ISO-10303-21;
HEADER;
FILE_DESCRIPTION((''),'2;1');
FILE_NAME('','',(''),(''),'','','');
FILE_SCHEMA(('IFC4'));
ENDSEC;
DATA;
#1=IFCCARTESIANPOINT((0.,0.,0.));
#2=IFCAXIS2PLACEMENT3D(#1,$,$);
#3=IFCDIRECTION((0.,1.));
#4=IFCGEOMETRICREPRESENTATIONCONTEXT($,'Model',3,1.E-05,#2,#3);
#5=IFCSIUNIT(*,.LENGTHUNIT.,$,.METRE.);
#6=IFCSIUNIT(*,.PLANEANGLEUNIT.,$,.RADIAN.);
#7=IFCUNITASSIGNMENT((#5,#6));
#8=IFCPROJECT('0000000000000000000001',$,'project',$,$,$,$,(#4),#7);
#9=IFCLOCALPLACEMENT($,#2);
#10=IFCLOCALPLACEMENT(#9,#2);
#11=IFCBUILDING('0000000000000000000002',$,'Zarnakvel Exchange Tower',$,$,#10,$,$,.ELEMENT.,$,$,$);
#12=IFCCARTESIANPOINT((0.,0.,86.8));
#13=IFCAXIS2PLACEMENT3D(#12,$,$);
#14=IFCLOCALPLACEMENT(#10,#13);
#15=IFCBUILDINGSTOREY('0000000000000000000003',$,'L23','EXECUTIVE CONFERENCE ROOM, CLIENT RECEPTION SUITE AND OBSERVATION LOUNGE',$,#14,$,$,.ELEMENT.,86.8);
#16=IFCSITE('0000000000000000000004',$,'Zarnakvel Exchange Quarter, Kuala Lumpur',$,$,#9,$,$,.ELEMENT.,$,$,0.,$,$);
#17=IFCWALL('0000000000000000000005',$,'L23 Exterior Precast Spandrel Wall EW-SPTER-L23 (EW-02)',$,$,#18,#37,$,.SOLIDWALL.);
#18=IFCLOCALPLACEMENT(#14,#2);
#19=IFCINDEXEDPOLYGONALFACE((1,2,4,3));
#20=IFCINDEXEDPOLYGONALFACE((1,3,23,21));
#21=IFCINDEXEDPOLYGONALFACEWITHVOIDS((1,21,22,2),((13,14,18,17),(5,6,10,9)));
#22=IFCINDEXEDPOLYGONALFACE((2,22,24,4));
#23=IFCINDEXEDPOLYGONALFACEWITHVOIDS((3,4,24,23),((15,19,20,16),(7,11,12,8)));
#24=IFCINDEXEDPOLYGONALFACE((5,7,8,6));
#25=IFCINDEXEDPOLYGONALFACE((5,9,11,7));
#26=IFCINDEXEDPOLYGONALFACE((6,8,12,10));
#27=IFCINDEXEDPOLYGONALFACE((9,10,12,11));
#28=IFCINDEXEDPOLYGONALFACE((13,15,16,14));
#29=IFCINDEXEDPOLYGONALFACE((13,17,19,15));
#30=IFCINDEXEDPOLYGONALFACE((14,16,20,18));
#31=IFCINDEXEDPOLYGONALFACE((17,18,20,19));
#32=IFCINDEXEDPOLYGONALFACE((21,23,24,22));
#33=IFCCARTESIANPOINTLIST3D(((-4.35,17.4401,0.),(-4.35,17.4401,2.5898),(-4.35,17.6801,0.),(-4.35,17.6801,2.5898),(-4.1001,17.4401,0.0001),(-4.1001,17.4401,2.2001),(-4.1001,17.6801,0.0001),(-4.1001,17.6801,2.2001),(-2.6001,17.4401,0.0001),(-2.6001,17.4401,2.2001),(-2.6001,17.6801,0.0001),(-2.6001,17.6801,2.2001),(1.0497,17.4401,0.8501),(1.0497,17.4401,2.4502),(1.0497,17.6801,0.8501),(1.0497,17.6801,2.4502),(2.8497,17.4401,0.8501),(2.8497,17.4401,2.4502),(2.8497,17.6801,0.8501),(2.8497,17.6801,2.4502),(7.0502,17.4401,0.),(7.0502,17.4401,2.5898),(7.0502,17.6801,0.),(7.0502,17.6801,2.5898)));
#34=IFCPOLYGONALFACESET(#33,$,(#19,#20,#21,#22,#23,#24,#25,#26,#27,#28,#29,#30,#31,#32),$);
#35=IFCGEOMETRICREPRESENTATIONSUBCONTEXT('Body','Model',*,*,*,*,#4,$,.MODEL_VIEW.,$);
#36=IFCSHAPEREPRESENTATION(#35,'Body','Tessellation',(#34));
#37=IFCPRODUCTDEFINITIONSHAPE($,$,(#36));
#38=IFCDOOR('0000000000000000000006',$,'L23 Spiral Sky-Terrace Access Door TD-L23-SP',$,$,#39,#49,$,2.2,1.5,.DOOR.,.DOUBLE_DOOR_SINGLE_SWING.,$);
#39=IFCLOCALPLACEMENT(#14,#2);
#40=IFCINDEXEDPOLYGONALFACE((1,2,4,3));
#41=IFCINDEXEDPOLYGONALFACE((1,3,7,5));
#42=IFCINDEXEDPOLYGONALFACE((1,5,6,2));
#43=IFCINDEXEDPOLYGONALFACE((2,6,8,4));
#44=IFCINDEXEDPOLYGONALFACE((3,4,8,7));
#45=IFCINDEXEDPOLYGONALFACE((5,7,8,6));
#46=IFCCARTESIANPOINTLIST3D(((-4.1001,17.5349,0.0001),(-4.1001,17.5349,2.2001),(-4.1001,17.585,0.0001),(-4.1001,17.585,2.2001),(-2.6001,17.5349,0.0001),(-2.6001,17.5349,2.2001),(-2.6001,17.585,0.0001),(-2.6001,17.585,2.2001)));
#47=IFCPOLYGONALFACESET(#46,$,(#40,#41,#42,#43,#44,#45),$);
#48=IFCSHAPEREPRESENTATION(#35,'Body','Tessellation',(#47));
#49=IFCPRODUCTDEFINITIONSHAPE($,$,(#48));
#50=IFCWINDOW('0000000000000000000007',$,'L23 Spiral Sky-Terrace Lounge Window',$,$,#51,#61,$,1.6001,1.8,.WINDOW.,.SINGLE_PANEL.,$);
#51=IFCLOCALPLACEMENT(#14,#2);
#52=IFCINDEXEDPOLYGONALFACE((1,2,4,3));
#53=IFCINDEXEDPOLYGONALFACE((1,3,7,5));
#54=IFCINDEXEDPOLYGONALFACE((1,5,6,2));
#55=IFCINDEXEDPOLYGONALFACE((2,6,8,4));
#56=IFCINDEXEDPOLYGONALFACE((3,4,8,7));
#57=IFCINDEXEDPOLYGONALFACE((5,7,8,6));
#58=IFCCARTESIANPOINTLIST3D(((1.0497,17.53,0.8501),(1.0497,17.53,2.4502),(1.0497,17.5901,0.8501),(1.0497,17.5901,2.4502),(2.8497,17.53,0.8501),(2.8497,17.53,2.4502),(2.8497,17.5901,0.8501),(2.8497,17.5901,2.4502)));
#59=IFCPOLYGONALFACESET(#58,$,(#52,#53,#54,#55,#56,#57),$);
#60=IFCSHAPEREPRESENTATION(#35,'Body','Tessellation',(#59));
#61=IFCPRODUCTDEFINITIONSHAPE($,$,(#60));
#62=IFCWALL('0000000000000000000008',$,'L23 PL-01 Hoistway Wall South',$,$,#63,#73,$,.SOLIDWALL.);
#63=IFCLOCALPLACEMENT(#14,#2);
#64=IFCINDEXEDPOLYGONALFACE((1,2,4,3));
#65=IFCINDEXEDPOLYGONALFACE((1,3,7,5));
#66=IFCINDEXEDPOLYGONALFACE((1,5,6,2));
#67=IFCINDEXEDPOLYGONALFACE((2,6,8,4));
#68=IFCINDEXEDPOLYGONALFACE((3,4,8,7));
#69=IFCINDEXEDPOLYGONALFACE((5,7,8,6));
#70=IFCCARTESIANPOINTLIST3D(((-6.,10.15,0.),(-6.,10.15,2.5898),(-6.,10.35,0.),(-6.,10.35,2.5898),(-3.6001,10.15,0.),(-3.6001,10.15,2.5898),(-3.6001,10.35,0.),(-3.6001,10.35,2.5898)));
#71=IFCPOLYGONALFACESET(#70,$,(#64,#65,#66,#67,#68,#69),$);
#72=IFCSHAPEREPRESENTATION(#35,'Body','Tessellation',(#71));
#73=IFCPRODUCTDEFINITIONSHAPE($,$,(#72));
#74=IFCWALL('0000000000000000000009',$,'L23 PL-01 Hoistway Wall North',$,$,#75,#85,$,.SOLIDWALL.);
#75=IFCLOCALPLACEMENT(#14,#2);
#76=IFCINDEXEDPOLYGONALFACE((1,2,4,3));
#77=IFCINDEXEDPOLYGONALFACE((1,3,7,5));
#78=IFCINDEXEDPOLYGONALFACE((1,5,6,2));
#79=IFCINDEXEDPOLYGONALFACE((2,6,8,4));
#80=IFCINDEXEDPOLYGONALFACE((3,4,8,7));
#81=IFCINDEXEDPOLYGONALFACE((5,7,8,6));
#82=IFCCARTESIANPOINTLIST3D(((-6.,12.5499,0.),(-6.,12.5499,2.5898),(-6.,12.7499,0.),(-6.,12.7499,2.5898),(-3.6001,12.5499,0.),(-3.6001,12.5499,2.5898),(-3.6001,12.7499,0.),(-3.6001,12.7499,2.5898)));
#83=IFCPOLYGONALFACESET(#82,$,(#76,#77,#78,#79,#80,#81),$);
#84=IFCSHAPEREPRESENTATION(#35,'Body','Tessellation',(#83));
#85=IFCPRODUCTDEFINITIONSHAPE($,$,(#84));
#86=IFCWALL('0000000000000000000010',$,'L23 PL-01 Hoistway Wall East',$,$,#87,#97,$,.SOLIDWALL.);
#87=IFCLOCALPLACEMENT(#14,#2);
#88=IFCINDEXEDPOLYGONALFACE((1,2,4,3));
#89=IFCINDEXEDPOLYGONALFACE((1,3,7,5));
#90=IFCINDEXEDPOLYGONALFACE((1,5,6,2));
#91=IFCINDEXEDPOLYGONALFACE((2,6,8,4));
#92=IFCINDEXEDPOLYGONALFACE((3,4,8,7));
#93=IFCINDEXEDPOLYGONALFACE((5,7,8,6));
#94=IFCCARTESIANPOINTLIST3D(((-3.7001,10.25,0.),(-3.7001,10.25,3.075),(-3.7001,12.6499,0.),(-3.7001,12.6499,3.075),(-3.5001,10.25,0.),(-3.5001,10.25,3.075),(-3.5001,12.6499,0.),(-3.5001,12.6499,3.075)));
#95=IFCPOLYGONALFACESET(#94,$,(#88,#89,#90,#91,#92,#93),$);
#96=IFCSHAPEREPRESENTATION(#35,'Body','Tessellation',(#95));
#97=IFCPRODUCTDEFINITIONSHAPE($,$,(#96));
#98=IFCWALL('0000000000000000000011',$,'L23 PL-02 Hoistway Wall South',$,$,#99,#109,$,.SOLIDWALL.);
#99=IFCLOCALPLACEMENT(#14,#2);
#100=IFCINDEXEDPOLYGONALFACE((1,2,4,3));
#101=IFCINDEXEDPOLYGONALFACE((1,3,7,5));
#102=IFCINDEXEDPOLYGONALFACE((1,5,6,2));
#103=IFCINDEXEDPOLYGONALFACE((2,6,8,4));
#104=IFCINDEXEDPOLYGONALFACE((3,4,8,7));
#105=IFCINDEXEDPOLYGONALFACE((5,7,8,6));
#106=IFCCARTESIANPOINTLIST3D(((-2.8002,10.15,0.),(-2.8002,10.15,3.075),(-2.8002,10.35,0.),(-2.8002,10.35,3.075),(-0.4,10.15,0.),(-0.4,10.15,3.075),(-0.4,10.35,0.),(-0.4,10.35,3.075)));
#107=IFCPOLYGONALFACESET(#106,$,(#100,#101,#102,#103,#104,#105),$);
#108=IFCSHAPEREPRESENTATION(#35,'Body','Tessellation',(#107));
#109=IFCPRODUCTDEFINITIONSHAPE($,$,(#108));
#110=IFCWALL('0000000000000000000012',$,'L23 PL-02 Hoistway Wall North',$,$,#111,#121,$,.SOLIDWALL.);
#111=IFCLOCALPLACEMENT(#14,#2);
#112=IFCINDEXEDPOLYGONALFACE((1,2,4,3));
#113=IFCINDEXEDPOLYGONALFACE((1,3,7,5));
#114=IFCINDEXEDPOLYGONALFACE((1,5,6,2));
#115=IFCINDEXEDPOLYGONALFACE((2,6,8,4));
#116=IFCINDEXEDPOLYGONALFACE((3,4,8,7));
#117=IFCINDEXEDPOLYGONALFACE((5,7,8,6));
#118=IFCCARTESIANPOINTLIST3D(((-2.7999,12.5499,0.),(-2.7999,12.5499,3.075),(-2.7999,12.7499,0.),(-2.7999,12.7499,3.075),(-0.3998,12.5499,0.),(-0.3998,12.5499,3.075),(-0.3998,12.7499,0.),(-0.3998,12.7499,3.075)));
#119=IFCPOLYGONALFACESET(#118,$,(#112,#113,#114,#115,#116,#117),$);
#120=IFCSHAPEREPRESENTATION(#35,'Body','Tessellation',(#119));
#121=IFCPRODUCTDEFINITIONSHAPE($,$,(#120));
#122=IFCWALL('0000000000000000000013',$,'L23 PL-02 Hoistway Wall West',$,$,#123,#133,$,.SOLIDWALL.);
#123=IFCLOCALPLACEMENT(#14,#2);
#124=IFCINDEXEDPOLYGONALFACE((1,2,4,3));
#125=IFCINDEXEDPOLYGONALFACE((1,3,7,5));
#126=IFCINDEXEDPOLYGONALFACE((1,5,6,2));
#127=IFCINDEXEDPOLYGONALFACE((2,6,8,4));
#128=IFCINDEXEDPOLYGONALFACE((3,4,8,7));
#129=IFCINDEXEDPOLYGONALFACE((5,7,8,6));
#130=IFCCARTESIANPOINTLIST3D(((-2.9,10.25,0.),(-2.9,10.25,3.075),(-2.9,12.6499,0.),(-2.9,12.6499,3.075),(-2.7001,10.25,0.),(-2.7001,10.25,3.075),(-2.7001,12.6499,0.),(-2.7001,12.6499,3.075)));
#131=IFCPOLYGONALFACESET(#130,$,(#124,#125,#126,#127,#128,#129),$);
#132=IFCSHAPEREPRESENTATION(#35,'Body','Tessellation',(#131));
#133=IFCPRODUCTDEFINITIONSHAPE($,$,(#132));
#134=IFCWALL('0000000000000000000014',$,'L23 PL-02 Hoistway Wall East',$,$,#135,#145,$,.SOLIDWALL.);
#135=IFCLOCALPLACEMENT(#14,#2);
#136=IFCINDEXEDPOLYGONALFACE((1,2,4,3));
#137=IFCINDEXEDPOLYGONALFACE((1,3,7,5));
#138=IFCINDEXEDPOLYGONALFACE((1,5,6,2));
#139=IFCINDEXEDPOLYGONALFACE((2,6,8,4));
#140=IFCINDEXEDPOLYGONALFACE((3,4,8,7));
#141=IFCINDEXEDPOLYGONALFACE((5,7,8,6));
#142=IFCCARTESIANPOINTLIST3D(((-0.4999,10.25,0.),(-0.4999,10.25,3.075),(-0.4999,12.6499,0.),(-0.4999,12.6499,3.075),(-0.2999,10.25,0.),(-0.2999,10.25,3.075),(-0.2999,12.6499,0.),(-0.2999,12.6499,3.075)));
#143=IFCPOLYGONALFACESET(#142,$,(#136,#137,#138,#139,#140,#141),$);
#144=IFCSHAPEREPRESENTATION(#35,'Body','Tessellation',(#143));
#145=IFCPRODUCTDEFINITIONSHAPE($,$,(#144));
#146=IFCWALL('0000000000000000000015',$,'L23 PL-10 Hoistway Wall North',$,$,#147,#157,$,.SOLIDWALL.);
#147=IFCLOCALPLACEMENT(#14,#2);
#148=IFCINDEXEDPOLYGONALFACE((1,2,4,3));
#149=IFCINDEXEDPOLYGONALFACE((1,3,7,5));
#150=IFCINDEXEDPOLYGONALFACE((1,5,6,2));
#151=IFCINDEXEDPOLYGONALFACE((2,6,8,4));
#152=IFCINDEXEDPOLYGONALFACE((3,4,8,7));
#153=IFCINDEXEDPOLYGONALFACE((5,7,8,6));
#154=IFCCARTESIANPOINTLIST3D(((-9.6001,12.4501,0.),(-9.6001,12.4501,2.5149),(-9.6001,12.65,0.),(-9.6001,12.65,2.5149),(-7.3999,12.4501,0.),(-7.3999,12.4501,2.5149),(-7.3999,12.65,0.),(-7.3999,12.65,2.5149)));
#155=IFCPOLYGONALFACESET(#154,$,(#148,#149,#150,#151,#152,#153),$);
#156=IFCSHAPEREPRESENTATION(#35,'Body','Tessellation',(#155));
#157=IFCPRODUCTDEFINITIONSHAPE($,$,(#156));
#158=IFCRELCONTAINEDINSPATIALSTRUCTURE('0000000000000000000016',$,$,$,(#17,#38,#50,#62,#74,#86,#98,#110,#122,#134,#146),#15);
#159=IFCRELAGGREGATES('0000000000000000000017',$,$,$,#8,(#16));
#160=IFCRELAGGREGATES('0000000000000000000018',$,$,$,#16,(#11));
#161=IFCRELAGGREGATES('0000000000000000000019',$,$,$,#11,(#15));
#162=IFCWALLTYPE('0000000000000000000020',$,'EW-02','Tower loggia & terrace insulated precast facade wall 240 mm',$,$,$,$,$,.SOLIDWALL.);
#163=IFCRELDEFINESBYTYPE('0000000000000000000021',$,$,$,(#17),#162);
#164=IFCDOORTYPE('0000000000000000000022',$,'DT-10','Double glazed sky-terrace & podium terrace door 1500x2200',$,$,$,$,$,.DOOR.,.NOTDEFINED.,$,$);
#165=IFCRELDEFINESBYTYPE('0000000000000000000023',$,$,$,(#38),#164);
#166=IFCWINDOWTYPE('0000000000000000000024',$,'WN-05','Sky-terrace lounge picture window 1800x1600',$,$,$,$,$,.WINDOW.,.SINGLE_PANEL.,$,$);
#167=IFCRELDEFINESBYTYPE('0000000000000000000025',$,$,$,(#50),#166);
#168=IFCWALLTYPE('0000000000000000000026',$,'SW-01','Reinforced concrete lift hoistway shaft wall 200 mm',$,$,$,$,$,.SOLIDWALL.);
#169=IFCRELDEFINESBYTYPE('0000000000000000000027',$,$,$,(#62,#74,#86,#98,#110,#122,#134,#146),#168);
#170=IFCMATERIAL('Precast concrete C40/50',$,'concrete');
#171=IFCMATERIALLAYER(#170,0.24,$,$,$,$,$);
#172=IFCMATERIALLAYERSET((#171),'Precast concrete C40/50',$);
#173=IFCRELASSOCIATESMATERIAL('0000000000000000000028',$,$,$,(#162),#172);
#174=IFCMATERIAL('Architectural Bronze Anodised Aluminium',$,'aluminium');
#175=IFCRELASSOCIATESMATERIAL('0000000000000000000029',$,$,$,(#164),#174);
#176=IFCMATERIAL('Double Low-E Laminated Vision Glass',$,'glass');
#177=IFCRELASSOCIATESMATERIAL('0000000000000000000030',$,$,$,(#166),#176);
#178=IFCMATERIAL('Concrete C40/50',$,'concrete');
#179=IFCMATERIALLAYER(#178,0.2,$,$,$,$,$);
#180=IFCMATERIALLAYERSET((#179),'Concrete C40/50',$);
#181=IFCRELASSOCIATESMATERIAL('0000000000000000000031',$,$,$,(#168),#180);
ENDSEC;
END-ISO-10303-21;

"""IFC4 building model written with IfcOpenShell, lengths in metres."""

from ifc_helpers import new_model, si_unit, direction, frame, frame_2d, origin, place, context, subcontext, project, spatial, rectangle, extrude, source, transform, mapped, material, layer, layer_set, type_object, element, fill, save


model = new_model("IFC4")

# Units and contexts
model_context = context("Model", 3, precision=1e-05, world=origin(), true_north=direction((0.0, 1.0)))
body_context = subcontext(model_context, "Body", "Model", "MODEL_VIEW")
ifc_project = project(units=[si_unit("LENGTHUNIT", "METRE"), si_unit("PLANEANGLEUNIT", "RADIAN")], contexts=[model_context])

# Site, building, storey
site_placement = place(None, origin())
site = spatial("IfcSite", under=ifc_project, at=site_placement, Name="Zarnakvel Exchange Quarter, Kuala Lumpur", CompositionType="ELEMENT", RefElevation=0.0)
building_placement = place(site_placement, origin())
building = spatial("IfcBuilding", under=site, at=building_placement, Name="Zarnakvel Exchange Tower", CompositionType="ELEMENT")
storey_placement = place(building_placement, frame((0.0, 0.0, 86.8)))
storey = spatial("IfcBuildingStorey", under=building, at=storey_placement, Name="L23", Description="EXECUTIVE CONFERENCE ROOM, CLIENT RECEPTION SUITE AND OBSERVATION LOUNGE", CompositionType="ELEMENT", Elevation=86.8)

# Shared definitions
ifc_material_1 = material(Name="Architectural Bronze Anodised Aluminium", Category="aluminium")
ifc_material_2 = material(Name="Double Low-E Laminated Vision Glass", Category="glass")

# Wall, openings, door, window
ifc_material_3 = material(Name="Precast concrete C40/50", Category="concrete")
ifc_layer_1 = layer(ifc_material_3, 0.24)
ifc_layer_set_1 = layer_set([ifc_layer_1], Name="Precast concrete C40/50")
wall_type_1 = type_object("IfcWallType", Name="EW-02", Description="Tower loggia & terrace insulated precast facade wall 240 mm", PredefinedType="SOLIDWALL", material=ifc_layer_set_1)
wall_1_placement = place(storey_placement, frame((-4.3501, 17.5601, 0.0), z_axis=(0.0, 0.0, 1.0), x_axis=(1.0, 0.0, 0.0)))
wall_1 = element("IfcWall", 1, at=wall_1_placement, inside=storey, type_object=wall_type_1, Name="L23 Exterior Precast Spandrel Wall EW-SPTER-L23 (EW-02)", PredefinedType="SOLIDWALL", context=body_context, shape_type="SweptSolid", body=[
    extrude(rectangle(XDim=11.4001, YDim=0.24, at=frame_2d((5.7002, 0.0))), origin(), (0.0, 0.0, 1.0), 2.5898),
])
opening_1_placement = place(wall_1_placement, frame((0.25, 0.0, 0.0)))
opening_1 = element("IfcOpeningElement", 2, at=opening_1_placement, cuts=wall_1, PredefinedType="OPENING", context=body_context, shape_type="SweptSolid", body=[
    extrude(rectangle(XDim=1.5, YDim=2.2, at=frame_2d((0.75, 1.1001))), frame((0.0, 0.1299, 0.0), z_axis=(0.0, -1.0, 0.0), x_axis=(1.0, 0.0, 0.0)), (0.0, 0.0, 1.0), 0.26),
])
opening_2_placement = place(wall_1_placement, frame((5.3999, 0.0, 0.8501)))
opening_2 = element("IfcOpeningElement", 3, at=opening_2_placement, cuts=wall_1, PredefinedType="OPENING", context=body_context, shape_type="SweptSolid", body=[
    extrude(rectangle(XDim=1.8, YDim=1.6001, at=frame_2d((0.8999, 0.8))), frame((0.0, 0.1299, 0.0), z_axis=(0.0, -1.0, 0.0), x_axis=(1.0, 0.0, 0.0)), (0.0, 0.0, 1.0), 0.26),
])
door_type_1 = type_object("IfcDoorType", Name="DT-10", Description="Double glazed sky-terrace & podium terrace door 1500x2200", OperationType="NOTDEFINED", PredefinedType="DOOR", material=ifc_material_1)
shared_shape_1 = source(origin(), body_context, "Body", "SweptSolid", [
    extrude(rectangle(XDim=1.5, YDim=2.2, at=frame_2d((0.75, 1.1001))), frame((0.0, 0.0249, 0.0), z_axis=(0.0, -1.0, 0.0), x_axis=(1.0, 0.0, 0.0)), (0.0, 0.0, 1.0), 0.05),
])
door_1_placement = place(opening_1_placement, origin())
door_1 = element("IfcDoor", 4, at=door_1_placement, inside=storey, type_object=door_type_1, Name="L23 Spiral Sky-Terrace Access Door TD-L23-SP", OperationType="DOUBLE_DOOR_SINGLE_SWING", OverallHeight=2.2, OverallWidth=1.5, PredefinedType="DOOR", context=body_context, shape_type="MappedRepresentation", body=[
    mapped(shared_shape_1, transform((0.0, 0.0, 0.0), x_axis=(1.0, 0.0, 0.0), y_axis=(0.0, 1.0, 0.0), z_axis=(0.0, 0.0, 1.0), scale=1.0)),
])
fill(opening_1, door_1)
window_type = type_object("IfcWindowType", Name="WN-05", Description="Sky-terrace lounge picture window 1800x1600", PartitioningType="SINGLE_PANEL", PredefinedType="WINDOW", material=ifc_material_2)
shared_shape_2 = source(origin(), body_context, "Body", "SweptSolid", [
    extrude(rectangle(XDim=1.8, YDim=1.6001, at=frame_2d((0.8999, 0.8))), frame((0.0, 0.03, 0.0), z_axis=(0.0, -1.0, 0.0), x_axis=(1.0, 0.0, 0.0)), (0.0, 0.0, 1.0), 0.0601),
])
window_placement = place(opening_2_placement, origin())
window = element("IfcWindow", 5, at=window_placement, inside=storey, type_object=window_type, Name="L23 Spiral Sky-Terrace Lounge Window", OverallHeight=1.6001, OverallWidth=1.8, PartitioningType="SINGLE_PANEL", PredefinedType="WINDOW", context=body_context, shape_type="MappedRepresentation", body=[
    mapped(shared_shape_2, transform((0.0, 0.0, 0.0), x_axis=(1.0, 0.0, 0.0), y_axis=(0.0, 1.0, 0.0), z_axis=(0.0, 0.0, 1.0), scale=1.0)),
])
fill(opening_2, window)

# Walls
ifc_material_4 = material(Name="Concrete C40/50", Category="concrete")
ifc_layer_2 = layer(ifc_material_4, 0.2)
ifc_layer_set_2 = layer_set([ifc_layer_2], Name="Concrete C40/50")
wall_type_2 = type_object("IfcWallType", Name="SW-01", Description="Reinforced concrete lift hoistway shaft wall 200 mm", PredefinedType="SOLIDWALL", material=ifc_layer_set_2)
for number, where, z_axis, x_axis, name in (
    (6, (-3.6001, 10.25, 0.0), (0.0, 0.0, 1.0), (-1.0, 0.0, 0.0), "L23 PL-01 Hoistway Wall South"),
    (7, (-6.0, 12.6499, 0.0), (0.0, 0.0, 1.0), (1.0, 0.0, 0.0), "L23 PL-01 Hoistway Wall North"),
):
    element("IfcWall", number, at=place(storey_placement, frame(where, z_axis=z_axis, x_axis=x_axis)), inside=storey, type_object=wall_type_2, Name=name, PredefinedType="SOLIDWALL", context=body_context, shape_type="SweptSolid", body=[
        extrude(rectangle(XDim=2.3999, YDim=0.2, at=frame_2d((1.2, 0.0))), origin(), (0.0, 0.0, 1.0), 2.5898),
    ])
wall_2_placement = place(storey_placement, frame((-3.6001, 12.6499, 0.0), z_axis=(0.0, 0.0, 1.0), x_axis=(0.0, -1.0, 0.0)))
element("IfcWall", 8, at=wall_2_placement, inside=storey, type_object=wall_type_2, Name="L23 PL-01 Hoistway Wall East", PredefinedType="SOLIDWALL", context=body_context, shape_type="SweptSolid", body=[
    extrude(rectangle(XDim=2.3999, YDim=0.2, at=frame_2d((1.2, 0.0))), origin(), (0.0, 0.0, 1.0), 3.075),
])
for number, where, z_axis, x_axis, name in (
    (9, (-0.3999, 10.25, 0.0), (0.0, 0.0, 1.0), (-1.0, 0.0, 0.0), "L23 PL-02 Hoistway Wall South"),
    (10, (-2.8, 12.6499, 0.0), (0.0, 0.0, 1.0), (1.0, 0.0, 0.0), "L23 PL-02 Hoistway Wall North"),
):
    element("IfcWall", number, at=place(storey_placement, frame(where, z_axis=z_axis, x_axis=x_axis)), inside=storey, type_object=wall_type_2, Name=name, PredefinedType="SOLIDWALL", context=body_context, shape_type="SweptSolid", body=[
        extrude(rectangle(XDim=2.4001, YDim=0.2, at=frame_2d((1.2002, 0.0))), origin(), (0.0, 0.0, 1.0), 3.075),
    ])
for number, where, z_axis, x_axis, name in (
    (11, (-2.8, 10.25, 0.0), (0.0, 0.0, 1.0), (0.0, 1.0, 0.0), "L23 PL-02 Hoistway Wall West"),
    (12, (-0.3999, 12.6499, 0.0), (0.0, 0.0, 1.0), (0.0, -1.0, 0.0), "L23 PL-02 Hoistway Wall East"),
):
    element("IfcWall", number, at=place(storey_placement, frame(where, z_axis=z_axis, x_axis=x_axis)), inside=storey, type_object=wall_type_2, Name=name, PredefinedType="SOLIDWALL", context=body_context, shape_type="SweptSolid", body=[
        extrude(rectangle(XDim=2.3999, YDim=0.2, at=frame_2d((1.2, 0.0))), origin(), (0.0, 0.0, 1.0), 3.075),
    ])
wall_3_placement = place(storey_placement, frame((-9.6001, 12.55, 0.0), z_axis=(0.0, 0.0, 1.0), x_axis=(1.0, 0.0, 0.0)))
element("IfcWall", 13, at=wall_3_placement, inside=storey, type_object=wall_type_2, Name="L23 PL-10 Hoistway Wall North", PredefinedType="SOLIDWALL", context=body_context, shape_type="SweptSolid", body=[
    extrude(rectangle(XDim=2.2002, YDim=0.2, at=frame_2d((1.1001, 0.0))), origin(), (0.0, 0.0, 1.0), 2.5149),
])

save(model, "model.ifc")
